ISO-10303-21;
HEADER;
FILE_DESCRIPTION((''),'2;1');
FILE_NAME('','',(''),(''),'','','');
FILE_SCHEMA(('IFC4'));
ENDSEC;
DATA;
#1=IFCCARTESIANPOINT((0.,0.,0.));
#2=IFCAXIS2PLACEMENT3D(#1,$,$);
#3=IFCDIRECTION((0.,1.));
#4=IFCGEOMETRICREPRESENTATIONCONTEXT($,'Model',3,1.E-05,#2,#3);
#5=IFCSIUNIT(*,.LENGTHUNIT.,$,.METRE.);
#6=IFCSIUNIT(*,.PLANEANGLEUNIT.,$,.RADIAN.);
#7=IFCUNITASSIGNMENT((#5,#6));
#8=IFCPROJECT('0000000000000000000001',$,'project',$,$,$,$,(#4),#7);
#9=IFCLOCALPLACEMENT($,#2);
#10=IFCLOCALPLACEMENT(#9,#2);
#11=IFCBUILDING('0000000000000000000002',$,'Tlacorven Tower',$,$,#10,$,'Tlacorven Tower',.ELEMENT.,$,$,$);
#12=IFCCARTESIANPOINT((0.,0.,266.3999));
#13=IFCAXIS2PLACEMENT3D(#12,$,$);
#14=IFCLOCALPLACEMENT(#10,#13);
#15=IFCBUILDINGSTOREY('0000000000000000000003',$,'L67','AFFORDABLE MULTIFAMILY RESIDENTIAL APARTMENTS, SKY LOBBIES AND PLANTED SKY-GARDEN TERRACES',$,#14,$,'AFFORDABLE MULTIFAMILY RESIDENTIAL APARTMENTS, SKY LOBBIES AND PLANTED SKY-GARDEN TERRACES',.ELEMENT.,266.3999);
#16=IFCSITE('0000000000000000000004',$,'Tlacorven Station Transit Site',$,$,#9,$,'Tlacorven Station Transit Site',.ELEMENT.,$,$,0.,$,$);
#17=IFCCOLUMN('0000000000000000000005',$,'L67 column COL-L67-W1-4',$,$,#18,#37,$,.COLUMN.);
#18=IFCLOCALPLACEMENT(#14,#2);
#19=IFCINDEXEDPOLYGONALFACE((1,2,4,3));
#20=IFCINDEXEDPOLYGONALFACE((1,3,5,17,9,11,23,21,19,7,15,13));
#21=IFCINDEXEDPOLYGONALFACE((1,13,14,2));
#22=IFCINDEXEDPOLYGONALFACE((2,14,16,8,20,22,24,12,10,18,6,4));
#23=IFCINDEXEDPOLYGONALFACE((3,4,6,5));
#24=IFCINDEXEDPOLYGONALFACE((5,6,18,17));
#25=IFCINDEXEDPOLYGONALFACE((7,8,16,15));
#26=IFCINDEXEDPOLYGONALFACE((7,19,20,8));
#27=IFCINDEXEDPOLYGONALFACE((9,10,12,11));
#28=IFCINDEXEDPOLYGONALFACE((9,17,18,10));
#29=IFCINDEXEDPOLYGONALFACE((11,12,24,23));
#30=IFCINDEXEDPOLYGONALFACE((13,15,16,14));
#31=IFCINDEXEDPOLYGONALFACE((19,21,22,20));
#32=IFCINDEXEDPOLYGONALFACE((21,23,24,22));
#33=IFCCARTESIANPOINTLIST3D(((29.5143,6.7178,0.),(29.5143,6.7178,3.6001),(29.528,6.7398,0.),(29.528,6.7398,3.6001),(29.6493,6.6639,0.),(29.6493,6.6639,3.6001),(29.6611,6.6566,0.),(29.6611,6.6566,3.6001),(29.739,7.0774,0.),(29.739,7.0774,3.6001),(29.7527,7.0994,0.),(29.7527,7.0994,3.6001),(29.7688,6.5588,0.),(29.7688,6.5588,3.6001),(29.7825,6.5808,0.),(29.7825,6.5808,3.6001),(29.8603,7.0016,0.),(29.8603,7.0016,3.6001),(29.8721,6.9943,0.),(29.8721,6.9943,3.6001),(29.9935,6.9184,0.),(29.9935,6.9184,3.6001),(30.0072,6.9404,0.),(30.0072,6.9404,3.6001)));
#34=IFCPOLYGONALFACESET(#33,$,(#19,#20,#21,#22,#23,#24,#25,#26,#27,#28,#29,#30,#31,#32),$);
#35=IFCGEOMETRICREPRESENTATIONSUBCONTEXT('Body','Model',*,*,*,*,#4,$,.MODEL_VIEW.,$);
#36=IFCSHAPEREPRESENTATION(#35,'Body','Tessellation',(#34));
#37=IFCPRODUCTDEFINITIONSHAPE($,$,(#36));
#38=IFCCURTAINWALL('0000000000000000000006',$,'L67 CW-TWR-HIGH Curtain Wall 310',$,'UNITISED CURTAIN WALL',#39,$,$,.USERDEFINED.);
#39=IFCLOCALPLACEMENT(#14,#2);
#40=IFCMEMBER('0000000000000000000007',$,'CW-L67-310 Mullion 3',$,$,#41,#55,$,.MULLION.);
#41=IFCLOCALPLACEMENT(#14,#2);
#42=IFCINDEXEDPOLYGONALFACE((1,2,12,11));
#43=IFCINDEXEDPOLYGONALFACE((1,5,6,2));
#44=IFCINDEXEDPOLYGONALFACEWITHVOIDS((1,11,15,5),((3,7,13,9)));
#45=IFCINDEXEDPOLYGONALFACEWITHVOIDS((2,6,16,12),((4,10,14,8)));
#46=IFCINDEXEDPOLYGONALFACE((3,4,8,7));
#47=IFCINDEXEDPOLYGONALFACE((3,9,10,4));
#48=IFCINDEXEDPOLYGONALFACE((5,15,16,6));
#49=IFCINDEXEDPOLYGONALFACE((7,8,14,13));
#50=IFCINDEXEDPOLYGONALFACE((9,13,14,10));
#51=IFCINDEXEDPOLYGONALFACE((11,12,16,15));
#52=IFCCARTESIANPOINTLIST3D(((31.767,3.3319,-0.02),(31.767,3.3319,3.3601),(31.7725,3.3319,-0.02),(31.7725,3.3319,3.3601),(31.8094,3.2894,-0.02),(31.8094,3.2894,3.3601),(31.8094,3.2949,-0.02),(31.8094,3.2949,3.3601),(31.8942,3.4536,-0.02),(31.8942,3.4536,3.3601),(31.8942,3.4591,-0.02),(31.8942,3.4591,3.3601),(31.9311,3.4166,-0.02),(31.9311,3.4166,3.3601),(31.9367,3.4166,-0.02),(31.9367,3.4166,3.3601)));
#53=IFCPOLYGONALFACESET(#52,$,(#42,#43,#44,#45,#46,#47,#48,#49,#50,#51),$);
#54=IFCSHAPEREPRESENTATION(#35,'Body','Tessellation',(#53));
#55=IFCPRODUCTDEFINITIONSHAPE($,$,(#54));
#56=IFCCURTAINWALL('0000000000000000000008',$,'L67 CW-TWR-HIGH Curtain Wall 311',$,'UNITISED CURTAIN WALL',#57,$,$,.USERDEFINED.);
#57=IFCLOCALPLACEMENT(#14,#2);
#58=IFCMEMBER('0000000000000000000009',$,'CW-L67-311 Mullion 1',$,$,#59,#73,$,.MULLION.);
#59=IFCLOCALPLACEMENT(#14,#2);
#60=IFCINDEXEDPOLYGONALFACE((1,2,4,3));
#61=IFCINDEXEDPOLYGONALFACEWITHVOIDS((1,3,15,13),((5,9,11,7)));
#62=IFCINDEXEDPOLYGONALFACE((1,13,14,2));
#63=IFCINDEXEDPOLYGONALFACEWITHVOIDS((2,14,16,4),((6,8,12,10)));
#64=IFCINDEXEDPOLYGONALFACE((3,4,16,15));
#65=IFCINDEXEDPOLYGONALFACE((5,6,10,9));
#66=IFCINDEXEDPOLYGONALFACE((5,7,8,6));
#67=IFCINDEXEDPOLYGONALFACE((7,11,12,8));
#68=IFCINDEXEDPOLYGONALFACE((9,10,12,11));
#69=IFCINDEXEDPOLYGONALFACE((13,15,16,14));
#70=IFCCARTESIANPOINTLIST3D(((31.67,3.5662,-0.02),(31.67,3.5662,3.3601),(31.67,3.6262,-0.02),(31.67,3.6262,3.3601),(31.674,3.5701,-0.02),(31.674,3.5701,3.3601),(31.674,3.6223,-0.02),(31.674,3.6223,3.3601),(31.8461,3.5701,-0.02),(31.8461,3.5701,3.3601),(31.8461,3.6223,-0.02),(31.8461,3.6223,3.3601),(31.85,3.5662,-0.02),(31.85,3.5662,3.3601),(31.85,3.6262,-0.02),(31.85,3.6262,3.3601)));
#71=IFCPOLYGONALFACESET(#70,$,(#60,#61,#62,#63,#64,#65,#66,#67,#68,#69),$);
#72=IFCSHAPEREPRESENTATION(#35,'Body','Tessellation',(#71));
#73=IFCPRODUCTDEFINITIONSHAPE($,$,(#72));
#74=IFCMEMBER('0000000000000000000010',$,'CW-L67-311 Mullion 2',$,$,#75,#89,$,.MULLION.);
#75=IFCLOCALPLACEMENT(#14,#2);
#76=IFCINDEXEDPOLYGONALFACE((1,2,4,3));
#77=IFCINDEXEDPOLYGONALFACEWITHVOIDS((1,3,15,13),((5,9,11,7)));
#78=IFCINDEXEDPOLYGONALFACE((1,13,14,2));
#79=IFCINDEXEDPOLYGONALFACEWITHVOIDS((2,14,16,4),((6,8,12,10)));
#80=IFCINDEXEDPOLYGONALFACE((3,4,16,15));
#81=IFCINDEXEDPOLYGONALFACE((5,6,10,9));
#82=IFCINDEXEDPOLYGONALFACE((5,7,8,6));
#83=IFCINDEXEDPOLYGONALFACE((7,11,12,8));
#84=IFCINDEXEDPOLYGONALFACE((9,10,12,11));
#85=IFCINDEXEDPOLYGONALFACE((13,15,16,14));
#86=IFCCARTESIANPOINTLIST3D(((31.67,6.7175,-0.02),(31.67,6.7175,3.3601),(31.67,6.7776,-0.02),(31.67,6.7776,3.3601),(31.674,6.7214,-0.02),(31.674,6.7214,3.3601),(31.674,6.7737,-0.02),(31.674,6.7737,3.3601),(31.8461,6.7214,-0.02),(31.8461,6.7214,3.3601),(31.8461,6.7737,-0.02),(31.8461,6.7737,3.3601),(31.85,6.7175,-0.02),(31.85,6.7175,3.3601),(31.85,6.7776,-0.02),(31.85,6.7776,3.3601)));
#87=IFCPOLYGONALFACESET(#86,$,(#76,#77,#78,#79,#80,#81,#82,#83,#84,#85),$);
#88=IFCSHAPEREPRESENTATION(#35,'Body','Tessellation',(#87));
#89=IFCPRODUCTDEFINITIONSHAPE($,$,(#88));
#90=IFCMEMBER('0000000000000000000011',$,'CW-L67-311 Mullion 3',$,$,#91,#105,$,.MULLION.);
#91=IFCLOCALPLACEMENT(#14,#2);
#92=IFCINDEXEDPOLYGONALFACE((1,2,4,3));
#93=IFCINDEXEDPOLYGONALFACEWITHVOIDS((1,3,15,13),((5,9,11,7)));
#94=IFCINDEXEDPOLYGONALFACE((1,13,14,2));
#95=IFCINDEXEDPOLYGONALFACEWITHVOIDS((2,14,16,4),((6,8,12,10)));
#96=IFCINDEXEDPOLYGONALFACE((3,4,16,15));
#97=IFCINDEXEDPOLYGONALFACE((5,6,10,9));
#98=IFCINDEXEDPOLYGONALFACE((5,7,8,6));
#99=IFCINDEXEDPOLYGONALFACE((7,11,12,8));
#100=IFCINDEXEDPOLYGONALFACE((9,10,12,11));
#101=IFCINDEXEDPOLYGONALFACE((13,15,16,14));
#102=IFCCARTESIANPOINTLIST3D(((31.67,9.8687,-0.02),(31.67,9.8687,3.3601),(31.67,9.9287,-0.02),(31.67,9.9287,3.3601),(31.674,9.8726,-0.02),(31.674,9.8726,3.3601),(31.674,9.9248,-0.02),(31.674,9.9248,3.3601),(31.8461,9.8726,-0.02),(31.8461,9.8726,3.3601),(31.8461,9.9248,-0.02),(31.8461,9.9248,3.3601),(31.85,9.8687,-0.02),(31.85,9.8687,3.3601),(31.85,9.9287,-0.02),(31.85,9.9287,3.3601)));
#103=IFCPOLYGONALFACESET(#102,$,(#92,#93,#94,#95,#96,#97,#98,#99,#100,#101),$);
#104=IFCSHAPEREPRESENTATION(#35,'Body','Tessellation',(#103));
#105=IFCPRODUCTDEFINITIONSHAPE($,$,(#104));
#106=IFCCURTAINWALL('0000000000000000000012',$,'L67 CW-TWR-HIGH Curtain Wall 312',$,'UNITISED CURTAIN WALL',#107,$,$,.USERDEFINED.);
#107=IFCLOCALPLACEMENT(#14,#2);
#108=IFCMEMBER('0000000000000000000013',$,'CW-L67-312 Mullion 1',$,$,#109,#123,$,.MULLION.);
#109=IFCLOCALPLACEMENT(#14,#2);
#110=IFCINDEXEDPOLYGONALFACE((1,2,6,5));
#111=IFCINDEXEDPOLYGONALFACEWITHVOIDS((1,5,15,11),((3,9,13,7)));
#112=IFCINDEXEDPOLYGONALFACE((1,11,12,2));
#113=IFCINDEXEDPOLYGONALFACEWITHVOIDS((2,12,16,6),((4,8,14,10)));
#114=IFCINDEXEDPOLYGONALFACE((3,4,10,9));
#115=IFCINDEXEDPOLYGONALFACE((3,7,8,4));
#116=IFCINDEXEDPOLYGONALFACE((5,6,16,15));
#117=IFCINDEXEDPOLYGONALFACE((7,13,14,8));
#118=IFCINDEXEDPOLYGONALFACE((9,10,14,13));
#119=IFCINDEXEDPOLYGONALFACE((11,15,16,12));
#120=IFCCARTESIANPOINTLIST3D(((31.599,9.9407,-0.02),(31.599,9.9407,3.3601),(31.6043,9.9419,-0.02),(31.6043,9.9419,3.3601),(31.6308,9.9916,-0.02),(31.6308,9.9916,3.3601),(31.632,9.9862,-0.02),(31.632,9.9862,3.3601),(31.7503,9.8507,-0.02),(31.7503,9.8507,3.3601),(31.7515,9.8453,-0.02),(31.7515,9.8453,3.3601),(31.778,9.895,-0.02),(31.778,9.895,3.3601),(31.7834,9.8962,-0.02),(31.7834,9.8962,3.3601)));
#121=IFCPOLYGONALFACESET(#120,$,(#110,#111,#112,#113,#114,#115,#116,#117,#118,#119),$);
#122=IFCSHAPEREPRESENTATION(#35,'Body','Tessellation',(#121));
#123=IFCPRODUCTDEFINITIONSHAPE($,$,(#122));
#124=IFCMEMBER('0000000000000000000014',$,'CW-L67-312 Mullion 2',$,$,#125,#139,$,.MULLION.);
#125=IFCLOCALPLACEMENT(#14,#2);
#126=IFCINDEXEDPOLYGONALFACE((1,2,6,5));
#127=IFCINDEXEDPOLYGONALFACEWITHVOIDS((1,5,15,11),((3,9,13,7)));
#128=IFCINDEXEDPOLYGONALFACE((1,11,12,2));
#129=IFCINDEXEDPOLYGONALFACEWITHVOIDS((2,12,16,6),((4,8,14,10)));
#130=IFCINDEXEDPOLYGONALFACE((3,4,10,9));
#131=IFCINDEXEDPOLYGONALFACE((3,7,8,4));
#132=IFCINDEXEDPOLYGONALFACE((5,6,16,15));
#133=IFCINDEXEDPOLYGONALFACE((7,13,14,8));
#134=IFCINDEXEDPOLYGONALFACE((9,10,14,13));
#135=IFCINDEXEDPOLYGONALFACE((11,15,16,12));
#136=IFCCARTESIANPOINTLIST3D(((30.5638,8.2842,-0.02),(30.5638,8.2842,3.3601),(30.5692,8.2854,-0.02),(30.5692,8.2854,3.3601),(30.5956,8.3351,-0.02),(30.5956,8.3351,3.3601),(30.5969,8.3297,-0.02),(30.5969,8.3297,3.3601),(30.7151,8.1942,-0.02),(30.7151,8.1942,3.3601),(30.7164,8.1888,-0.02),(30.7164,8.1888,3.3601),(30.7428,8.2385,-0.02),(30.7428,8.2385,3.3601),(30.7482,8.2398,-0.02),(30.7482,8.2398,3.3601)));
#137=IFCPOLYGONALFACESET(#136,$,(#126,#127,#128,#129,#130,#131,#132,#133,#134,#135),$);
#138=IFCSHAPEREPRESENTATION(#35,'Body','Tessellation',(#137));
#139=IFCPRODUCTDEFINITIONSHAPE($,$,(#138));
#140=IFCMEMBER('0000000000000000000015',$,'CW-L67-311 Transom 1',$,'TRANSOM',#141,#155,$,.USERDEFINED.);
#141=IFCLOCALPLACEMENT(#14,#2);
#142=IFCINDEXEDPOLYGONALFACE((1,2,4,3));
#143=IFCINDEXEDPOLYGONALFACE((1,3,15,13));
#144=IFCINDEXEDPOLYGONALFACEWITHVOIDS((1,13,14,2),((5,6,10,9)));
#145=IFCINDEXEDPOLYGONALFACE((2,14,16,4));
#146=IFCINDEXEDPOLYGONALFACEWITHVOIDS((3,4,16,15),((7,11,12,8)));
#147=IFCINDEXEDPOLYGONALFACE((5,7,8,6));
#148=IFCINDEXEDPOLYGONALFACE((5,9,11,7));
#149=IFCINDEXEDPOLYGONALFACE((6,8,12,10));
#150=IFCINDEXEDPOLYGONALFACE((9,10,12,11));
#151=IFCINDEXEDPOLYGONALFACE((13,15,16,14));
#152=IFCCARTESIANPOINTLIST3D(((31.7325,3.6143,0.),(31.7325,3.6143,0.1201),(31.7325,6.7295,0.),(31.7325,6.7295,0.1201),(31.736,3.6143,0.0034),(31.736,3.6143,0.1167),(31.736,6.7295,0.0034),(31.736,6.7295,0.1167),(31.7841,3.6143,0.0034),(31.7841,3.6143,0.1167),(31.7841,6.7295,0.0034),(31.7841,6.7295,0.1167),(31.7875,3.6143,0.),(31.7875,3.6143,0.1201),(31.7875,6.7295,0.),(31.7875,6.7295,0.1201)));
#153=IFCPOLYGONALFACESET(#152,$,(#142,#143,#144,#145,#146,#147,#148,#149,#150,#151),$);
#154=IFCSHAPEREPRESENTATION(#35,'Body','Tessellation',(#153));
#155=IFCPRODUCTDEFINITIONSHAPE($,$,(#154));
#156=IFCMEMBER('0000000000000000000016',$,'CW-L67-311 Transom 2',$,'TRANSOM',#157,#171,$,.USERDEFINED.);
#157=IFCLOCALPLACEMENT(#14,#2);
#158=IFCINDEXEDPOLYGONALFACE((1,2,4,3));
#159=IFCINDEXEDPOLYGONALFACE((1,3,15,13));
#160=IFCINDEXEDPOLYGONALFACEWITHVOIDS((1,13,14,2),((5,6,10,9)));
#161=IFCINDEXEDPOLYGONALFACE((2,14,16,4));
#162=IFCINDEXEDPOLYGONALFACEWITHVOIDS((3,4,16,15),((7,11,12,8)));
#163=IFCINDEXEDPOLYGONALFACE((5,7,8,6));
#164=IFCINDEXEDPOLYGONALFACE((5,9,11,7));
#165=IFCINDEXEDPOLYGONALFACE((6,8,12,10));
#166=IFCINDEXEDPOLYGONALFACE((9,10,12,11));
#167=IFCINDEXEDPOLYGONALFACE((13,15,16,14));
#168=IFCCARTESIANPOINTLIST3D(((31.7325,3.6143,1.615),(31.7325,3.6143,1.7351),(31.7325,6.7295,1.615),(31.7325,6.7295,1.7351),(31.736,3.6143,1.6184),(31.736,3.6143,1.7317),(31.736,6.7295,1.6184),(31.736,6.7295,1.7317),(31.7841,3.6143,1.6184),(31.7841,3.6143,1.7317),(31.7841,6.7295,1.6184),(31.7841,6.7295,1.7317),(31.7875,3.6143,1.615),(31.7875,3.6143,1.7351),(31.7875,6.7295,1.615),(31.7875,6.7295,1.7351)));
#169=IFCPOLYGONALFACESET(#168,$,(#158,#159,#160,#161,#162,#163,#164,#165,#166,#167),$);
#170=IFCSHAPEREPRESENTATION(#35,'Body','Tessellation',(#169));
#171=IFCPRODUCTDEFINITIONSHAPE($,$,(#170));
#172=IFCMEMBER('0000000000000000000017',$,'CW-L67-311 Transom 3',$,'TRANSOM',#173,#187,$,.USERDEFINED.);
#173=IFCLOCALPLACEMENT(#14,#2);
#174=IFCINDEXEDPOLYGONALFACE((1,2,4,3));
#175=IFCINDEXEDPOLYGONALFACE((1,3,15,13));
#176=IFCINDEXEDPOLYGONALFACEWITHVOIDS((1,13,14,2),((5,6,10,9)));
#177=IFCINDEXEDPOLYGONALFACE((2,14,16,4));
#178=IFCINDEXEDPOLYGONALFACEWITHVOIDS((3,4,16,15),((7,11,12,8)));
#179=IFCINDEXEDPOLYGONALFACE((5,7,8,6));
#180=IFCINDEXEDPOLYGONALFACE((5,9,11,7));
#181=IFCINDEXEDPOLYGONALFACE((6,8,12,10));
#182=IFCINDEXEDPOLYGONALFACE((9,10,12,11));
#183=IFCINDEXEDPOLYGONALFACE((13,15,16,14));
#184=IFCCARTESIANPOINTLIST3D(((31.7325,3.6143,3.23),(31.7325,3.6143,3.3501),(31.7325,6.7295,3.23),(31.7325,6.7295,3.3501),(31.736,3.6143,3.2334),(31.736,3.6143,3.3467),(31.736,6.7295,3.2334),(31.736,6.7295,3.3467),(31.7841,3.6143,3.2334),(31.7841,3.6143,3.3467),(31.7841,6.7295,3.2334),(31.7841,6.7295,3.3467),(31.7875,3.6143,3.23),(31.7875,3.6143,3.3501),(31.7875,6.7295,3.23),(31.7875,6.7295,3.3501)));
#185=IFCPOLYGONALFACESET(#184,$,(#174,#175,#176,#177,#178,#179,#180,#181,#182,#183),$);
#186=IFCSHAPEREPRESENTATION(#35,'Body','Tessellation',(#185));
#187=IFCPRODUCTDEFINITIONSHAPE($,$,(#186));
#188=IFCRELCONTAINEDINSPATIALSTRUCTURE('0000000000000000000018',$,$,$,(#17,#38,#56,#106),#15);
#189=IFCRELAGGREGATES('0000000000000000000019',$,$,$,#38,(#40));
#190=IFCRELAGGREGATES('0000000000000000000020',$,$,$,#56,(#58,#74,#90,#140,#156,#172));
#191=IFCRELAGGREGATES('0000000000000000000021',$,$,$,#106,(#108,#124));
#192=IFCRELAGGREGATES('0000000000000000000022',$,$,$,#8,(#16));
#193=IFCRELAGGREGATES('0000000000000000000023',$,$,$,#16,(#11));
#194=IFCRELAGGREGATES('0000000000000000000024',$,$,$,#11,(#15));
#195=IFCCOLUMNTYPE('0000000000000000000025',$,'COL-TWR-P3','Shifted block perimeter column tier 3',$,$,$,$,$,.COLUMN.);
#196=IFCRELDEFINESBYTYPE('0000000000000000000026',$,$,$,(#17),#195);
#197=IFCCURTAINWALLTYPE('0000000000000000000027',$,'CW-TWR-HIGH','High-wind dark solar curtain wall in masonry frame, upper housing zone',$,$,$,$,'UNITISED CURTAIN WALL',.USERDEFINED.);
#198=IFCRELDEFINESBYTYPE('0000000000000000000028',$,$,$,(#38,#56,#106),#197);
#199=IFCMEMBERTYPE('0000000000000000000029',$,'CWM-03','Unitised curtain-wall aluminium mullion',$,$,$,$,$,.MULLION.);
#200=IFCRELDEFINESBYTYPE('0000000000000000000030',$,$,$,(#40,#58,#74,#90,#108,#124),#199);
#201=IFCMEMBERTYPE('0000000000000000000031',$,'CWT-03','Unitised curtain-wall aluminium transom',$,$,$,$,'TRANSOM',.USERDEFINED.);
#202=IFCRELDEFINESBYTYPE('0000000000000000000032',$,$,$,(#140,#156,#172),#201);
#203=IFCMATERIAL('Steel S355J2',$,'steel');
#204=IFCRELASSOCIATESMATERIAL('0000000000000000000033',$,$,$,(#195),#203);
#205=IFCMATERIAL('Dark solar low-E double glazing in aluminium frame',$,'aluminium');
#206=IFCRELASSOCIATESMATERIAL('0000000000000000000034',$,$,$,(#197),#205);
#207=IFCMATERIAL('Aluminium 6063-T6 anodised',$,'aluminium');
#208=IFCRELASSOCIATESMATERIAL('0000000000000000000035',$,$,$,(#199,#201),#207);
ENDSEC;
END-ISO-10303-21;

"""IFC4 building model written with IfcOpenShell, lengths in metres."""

from ifc_helpers import new_model, si_unit, direction, frame, origin, origin_2d, place, context, subcontext, project, spatial, hollow_rectangle, i_section, extrude, source, transform, mapped, material, material_profile, profile_set, type_object, element, aggregate, save


model = new_model("IFC4")

# Units and contexts
model_context = context("Model", 3, precision=1e-05, world=origin(), true_north=direction((0.0, 1.0)))
body_context = subcontext(model_context, "Body", "Model", "MODEL_VIEW")
ifc_project = project(units=[si_unit("LENGTHUNIT", "METRE"), si_unit("PLANEANGLEUNIT", "RADIAN")], contexts=[model_context])

# Site, building, storey
site_placement = place(None, origin())
site = spatial("IfcSite", under=ifc_project, at=site_placement, Name="Tlacorven Station Transit Site", LongName="Tlacorven Station Transit Site", CompositionType="ELEMENT", RefElevation=0.0)
building_placement = place(site_placement, origin())
building = spatial("IfcBuilding", under=site, at=building_placement, Name="Tlacorven Tower", LongName="Tlacorven Tower", CompositionType="ELEMENT")
storey_placement = place(building_placement, frame((0.0, 0.0, 266.3999)))
storey = spatial("IfcBuildingStorey", under=building, at=storey_placement, Name="L67", Description="AFFORDABLE MULTIFAMILY RESIDENTIAL APARTMENTS, SKY LOBBIES AND PLANTED SKY-GARDEN TERRACES", LongName="AFFORDABLE MULTIFAMILY RESIDENTIAL APARTMENTS, SKY LOBBIES AND PLANTED SKY-GARDEN TERRACES", CompositionType="ELEMENT", Elevation=266.3999)

# Column
ifc_material_1 = material(Name="Steel S355J2", Category="steel")
ifc_material_profile_1 = material_profile(ifc_material_1, i_section(OverallWidth=0.3, OverallDepth=0.45, WebThickness=0.0139, FlangeThickness=0.0259, at=origin_2d()), Name="HEB 450")
ifc_profile_set_1 = profile_set([ifc_material_profile_1], Name="Steel S355J2")
column_type = type_object("IfcColumnType", Name="COL-TWR-P3", Description="Shifted block perimeter column tier 3", PredefinedType="COLUMN", material=ifc_profile_set_1)
shared_shape_1 = source(origin(), body_context, "Body", "SweptSolid", [
    extrude(i_section(OverallWidth=0.3, OverallDepth=0.45, WebThickness=0.0139, FlangeThickness=0.0259, at=origin_2d()), origin(), (0.0, 0.0, 1.0), 3.6001),
])
column_placement = place(storey_placement, frame((29.7607, 6.8291, 0.0), z_axis=(0.0, 0.0, 1.0), x_axis=(-0.848048, 0.529919, 0.0)))
element("IfcColumn", 1, at=column_placement, inside=storey, type_object=column_type, Name="L67 column COL-L67-W1-4", PredefinedType="COLUMN", context=body_context, shape_type="MappedRepresentation", body=[
    mapped(shared_shape_1, transform((0.0, 0.0, 0.0), scale=1.0)),
])

# Curtain wall, member
ifc_material_2 = material(Name="Dark solar low-E double glazing in aluminium frame", Category="aluminium")
curtain_wall_type = type_object("IfcCurtainWallType", Name="CW-TWR-HIGH", Description="High-wind dark solar curtain wall in masonry frame, upper housing zone", ElementType="UNITISED CURTAIN WALL", PredefinedType="USERDEFINED", material=ifc_material_2)
curtain_wall_1_placement = place(storey_placement, origin())
curtain_wall_1 = element("IfcCurtainWall", 2, at=curtain_wall_1_placement, inside=storey, type_object=curtain_wall_type, Name="L67 CW-TWR-HIGH Curtain Wall 310", ObjectType="UNITISED CURTAIN WALL", PredefinedType="USERDEFINED")
ifc_material_3 = material(Name="Aluminium 6063-T6 anodised", Category="aluminium")
ifc_material_profile_2 = material_profile(ifc_material_3, hollow_rectangle(XDim=0.0601, YDim=0.1799, WallThickness=0.0039, at=origin_2d()), Name="ALU MULLION 60X180")
ifc_profile_set_2 = profile_set([ifc_material_profile_2], Name="Aluminium 6063-T6 anodised")
member_type_1 = type_object("IfcMemberType", Name="CWM-03", Description="Unitised curtain-wall aluminium mullion", PredefinedType="MULLION", material=ifc_profile_set_2)
shared_shape_2 = source(origin(), body_context, "Body", "SweptSolid", [
    extrude(hollow_rectangle(XDim=0.0601, YDim=0.1799, WallThickness=0.0039, at=origin_2d()), origin(), (0.0, 0.0, 1.0), 3.3801),
])
member_1_placement = place(storey_placement, frame((31.8518, 3.3743, -0.02), z_axis=(0.0, 0.0, 1.0), x_axis=(-0.707107, 0.707107, 0.0)))
member_1 = element("IfcMember", 3, at=member_1_placement, type_object=member_type_1, Name="CW-L67-310 Mullion 3", PredefinedType="MULLION", context=body_context, shape_type="MappedRepresentation", body=[
    mapped(shared_shape_2, transform((0.0, 0.0, 0.0), scale=1.0)),
])

# Curtain walls, members
curtain_wall_2_placement = place(storey_placement, origin())
curtain_wall_2 = element("IfcCurtainWall", 4, at=curtain_wall_2_placement, inside=storey, type_object=curtain_wall_type, Name="L67 CW-TWR-HIGH Curtain Wall 311", ObjectType="UNITISED CURTAIN WALL", PredefinedType="USERDEFINED")
member_2_placement = place(storey_placement, frame((31.76, 3.5962, -0.02), z_axis=(0.0, 0.0, 1.0), x_axis=(0.0, 1.0, 0.0)))
member_2 = element("IfcMember", 5, at=member_2_placement, type_object=member_type_1, Name="CW-L67-311 Mullion 1", PredefinedType="MULLION", context=body_context, shape_type="MappedRepresentation", body=[
    mapped(shared_shape_2, transform((0.0, 0.0, 0.0), scale=1.0)),
])
member_3_placement = place(storey_placement, frame((31.76, 6.7476, -0.02), z_axis=(0.0, 0.0, 1.0), x_axis=(0.0, 1.0, 0.0)))
member_3 = element("IfcMember", 6, at=member_3_placement, type_object=member_type_1, Name="CW-L67-311 Mullion 2", PredefinedType="MULLION", context=body_context, shape_type="MappedRepresentation", body=[
    mapped(shared_shape_2, transform((0.0, 0.0, 0.0), scale=1.0)),
])
member_4_placement = place(storey_placement, frame((31.76, 9.8987, -0.02), z_axis=(0.0, 0.0, 1.0), x_axis=(0.0, 1.0, 0.0)))
member_4 = element("IfcMember", 7, at=member_4_placement, type_object=member_type_1, Name="CW-L67-311 Mullion 3", PredefinedType="MULLION", context=body_context, shape_type="MappedRepresentation", body=[
    mapped(shared_shape_2, transform((0.0, 0.0, 0.0), scale=1.0)),
])
curtain_wall_3_placement = place(storey_placement, origin())
curtain_wall_3 = element("IfcCurtainWall", 8, at=curtain_wall_3_placement, inside=storey, type_object=curtain_wall_type, Name="L67 CW-TWR-HIGH Curtain Wall 312", ObjectType="UNITISED CURTAIN WALL", PredefinedType="USERDEFINED")
member_5_placement = place(storey_placement, frame((31.6912, 9.9185, -0.02), z_axis=(0.0, 0.0, 1.0), x_axis=(-0.529919, -0.848048, 0.0)))
member_5 = element("IfcMember", 9, at=member_5_placement, type_object=member_type_1, Name="CW-L67-312 Mullion 1", PredefinedType="MULLION", context=body_context, shape_type="MappedRepresentation", body=[
    mapped(shared_shape_2, transform((0.0, 0.0, 0.0), scale=1.0)),
])
member_6_placement = place(storey_placement, frame((30.656, 8.262, -0.02), z_axis=(0.0, 0.0, 1.0), x_axis=(-0.529919, -0.848048, 0.0)))
member_6 = element("IfcMember", 10, at=member_6_placement, type_object=member_type_1, Name="CW-L67-312 Mullion 2", PredefinedType="MULLION", context=body_context, shape_type="MappedRepresentation", body=[
    mapped(shared_shape_2, transform((0.0, 0.0, 0.0), scale=1.0)),
])

# Members
ifc_material_profile_3 = material_profile(ifc_material_3, hollow_rectangle(XDim=0.0549, YDim=0.1201, WallThickness=0.0034, at=origin_2d()), Name="ALU TRANSOM 55X120")
ifc_profile_set_3 = profile_set([ifc_material_profile_3], Name="Aluminium 6063-T6 anodised")
member_type_2 = type_object("IfcMemberType", Name="CWT-03", Description="Unitised curtain-wall aluminium transom", ElementType="TRANSOM", PredefinedType="USERDEFINED", material=ifc_profile_set_3)
shared_shape_3 = source(origin(), body_context, "Body", "SweptSolid", [
    extrude(hollow_rectangle(XDim=0.0549, YDim=0.1201, WallThickness=0.0034, at=origin_2d()), origin(), (0.0, 0.0, 1.0), 3.1152),
])
member_7_placement = place(storey_placement, frame((31.76, 3.6143, 0.0601), z_axis=(0.0, 1.0, 0.0), x_axis=(-1.0, 0.0, 0.0)))
member_7 = element("IfcMember", 11, at=member_7_placement, type_object=member_type_2, Name="CW-L67-311 Transom 1", ObjectType="TRANSOM", PredefinedType="USERDEFINED", context=body_context, shape_type="MappedRepresentation", body=[
    mapped(shared_shape_3, transform((0.0, 0.0, 0.0), scale=1.0)),
])
member_8_placement = place(storey_placement, frame((31.76, 3.6143, 1.675), z_axis=(0.0, 1.0, 0.0), x_axis=(-1.0, 0.0, 0.0)))
member_8 = element("IfcMember", 12, at=member_8_placement, type_object=member_type_2, Name="CW-L67-311 Transom 2", ObjectType="TRANSOM", PredefinedType="USERDEFINED", context=body_context, shape_type="MappedRepresentation", body=[
    mapped(shared_shape_3, transform((0.0, 0.0, 0.0), scale=1.0)),
])
member_9_placement = place(storey_placement, frame((31.76, 3.6143, 3.29), z_axis=(0.0, 1.0, 0.0), x_axis=(-1.0, 0.0, 0.0)))
member_9 = element("IfcMember", 13, at=member_9_placement, type_object=member_type_2, Name="CW-L67-311 Transom 3", ObjectType="TRANSOM", PredefinedType="USERDEFINED", context=body_context, shape_type="MappedRepresentation", body=[
    mapped(shared_shape_3, transform((0.0, 0.0, 0.0), scale=1.0)),
])

aggregate(curtain_wall_1, [member_1])
aggregate(curtain_wall_2, [member_2, member_3, member_4, member_7, member_8, member_9])
aggregate(curtain_wall_3, [member_5, member_6])

save(model, "model.ifc")
